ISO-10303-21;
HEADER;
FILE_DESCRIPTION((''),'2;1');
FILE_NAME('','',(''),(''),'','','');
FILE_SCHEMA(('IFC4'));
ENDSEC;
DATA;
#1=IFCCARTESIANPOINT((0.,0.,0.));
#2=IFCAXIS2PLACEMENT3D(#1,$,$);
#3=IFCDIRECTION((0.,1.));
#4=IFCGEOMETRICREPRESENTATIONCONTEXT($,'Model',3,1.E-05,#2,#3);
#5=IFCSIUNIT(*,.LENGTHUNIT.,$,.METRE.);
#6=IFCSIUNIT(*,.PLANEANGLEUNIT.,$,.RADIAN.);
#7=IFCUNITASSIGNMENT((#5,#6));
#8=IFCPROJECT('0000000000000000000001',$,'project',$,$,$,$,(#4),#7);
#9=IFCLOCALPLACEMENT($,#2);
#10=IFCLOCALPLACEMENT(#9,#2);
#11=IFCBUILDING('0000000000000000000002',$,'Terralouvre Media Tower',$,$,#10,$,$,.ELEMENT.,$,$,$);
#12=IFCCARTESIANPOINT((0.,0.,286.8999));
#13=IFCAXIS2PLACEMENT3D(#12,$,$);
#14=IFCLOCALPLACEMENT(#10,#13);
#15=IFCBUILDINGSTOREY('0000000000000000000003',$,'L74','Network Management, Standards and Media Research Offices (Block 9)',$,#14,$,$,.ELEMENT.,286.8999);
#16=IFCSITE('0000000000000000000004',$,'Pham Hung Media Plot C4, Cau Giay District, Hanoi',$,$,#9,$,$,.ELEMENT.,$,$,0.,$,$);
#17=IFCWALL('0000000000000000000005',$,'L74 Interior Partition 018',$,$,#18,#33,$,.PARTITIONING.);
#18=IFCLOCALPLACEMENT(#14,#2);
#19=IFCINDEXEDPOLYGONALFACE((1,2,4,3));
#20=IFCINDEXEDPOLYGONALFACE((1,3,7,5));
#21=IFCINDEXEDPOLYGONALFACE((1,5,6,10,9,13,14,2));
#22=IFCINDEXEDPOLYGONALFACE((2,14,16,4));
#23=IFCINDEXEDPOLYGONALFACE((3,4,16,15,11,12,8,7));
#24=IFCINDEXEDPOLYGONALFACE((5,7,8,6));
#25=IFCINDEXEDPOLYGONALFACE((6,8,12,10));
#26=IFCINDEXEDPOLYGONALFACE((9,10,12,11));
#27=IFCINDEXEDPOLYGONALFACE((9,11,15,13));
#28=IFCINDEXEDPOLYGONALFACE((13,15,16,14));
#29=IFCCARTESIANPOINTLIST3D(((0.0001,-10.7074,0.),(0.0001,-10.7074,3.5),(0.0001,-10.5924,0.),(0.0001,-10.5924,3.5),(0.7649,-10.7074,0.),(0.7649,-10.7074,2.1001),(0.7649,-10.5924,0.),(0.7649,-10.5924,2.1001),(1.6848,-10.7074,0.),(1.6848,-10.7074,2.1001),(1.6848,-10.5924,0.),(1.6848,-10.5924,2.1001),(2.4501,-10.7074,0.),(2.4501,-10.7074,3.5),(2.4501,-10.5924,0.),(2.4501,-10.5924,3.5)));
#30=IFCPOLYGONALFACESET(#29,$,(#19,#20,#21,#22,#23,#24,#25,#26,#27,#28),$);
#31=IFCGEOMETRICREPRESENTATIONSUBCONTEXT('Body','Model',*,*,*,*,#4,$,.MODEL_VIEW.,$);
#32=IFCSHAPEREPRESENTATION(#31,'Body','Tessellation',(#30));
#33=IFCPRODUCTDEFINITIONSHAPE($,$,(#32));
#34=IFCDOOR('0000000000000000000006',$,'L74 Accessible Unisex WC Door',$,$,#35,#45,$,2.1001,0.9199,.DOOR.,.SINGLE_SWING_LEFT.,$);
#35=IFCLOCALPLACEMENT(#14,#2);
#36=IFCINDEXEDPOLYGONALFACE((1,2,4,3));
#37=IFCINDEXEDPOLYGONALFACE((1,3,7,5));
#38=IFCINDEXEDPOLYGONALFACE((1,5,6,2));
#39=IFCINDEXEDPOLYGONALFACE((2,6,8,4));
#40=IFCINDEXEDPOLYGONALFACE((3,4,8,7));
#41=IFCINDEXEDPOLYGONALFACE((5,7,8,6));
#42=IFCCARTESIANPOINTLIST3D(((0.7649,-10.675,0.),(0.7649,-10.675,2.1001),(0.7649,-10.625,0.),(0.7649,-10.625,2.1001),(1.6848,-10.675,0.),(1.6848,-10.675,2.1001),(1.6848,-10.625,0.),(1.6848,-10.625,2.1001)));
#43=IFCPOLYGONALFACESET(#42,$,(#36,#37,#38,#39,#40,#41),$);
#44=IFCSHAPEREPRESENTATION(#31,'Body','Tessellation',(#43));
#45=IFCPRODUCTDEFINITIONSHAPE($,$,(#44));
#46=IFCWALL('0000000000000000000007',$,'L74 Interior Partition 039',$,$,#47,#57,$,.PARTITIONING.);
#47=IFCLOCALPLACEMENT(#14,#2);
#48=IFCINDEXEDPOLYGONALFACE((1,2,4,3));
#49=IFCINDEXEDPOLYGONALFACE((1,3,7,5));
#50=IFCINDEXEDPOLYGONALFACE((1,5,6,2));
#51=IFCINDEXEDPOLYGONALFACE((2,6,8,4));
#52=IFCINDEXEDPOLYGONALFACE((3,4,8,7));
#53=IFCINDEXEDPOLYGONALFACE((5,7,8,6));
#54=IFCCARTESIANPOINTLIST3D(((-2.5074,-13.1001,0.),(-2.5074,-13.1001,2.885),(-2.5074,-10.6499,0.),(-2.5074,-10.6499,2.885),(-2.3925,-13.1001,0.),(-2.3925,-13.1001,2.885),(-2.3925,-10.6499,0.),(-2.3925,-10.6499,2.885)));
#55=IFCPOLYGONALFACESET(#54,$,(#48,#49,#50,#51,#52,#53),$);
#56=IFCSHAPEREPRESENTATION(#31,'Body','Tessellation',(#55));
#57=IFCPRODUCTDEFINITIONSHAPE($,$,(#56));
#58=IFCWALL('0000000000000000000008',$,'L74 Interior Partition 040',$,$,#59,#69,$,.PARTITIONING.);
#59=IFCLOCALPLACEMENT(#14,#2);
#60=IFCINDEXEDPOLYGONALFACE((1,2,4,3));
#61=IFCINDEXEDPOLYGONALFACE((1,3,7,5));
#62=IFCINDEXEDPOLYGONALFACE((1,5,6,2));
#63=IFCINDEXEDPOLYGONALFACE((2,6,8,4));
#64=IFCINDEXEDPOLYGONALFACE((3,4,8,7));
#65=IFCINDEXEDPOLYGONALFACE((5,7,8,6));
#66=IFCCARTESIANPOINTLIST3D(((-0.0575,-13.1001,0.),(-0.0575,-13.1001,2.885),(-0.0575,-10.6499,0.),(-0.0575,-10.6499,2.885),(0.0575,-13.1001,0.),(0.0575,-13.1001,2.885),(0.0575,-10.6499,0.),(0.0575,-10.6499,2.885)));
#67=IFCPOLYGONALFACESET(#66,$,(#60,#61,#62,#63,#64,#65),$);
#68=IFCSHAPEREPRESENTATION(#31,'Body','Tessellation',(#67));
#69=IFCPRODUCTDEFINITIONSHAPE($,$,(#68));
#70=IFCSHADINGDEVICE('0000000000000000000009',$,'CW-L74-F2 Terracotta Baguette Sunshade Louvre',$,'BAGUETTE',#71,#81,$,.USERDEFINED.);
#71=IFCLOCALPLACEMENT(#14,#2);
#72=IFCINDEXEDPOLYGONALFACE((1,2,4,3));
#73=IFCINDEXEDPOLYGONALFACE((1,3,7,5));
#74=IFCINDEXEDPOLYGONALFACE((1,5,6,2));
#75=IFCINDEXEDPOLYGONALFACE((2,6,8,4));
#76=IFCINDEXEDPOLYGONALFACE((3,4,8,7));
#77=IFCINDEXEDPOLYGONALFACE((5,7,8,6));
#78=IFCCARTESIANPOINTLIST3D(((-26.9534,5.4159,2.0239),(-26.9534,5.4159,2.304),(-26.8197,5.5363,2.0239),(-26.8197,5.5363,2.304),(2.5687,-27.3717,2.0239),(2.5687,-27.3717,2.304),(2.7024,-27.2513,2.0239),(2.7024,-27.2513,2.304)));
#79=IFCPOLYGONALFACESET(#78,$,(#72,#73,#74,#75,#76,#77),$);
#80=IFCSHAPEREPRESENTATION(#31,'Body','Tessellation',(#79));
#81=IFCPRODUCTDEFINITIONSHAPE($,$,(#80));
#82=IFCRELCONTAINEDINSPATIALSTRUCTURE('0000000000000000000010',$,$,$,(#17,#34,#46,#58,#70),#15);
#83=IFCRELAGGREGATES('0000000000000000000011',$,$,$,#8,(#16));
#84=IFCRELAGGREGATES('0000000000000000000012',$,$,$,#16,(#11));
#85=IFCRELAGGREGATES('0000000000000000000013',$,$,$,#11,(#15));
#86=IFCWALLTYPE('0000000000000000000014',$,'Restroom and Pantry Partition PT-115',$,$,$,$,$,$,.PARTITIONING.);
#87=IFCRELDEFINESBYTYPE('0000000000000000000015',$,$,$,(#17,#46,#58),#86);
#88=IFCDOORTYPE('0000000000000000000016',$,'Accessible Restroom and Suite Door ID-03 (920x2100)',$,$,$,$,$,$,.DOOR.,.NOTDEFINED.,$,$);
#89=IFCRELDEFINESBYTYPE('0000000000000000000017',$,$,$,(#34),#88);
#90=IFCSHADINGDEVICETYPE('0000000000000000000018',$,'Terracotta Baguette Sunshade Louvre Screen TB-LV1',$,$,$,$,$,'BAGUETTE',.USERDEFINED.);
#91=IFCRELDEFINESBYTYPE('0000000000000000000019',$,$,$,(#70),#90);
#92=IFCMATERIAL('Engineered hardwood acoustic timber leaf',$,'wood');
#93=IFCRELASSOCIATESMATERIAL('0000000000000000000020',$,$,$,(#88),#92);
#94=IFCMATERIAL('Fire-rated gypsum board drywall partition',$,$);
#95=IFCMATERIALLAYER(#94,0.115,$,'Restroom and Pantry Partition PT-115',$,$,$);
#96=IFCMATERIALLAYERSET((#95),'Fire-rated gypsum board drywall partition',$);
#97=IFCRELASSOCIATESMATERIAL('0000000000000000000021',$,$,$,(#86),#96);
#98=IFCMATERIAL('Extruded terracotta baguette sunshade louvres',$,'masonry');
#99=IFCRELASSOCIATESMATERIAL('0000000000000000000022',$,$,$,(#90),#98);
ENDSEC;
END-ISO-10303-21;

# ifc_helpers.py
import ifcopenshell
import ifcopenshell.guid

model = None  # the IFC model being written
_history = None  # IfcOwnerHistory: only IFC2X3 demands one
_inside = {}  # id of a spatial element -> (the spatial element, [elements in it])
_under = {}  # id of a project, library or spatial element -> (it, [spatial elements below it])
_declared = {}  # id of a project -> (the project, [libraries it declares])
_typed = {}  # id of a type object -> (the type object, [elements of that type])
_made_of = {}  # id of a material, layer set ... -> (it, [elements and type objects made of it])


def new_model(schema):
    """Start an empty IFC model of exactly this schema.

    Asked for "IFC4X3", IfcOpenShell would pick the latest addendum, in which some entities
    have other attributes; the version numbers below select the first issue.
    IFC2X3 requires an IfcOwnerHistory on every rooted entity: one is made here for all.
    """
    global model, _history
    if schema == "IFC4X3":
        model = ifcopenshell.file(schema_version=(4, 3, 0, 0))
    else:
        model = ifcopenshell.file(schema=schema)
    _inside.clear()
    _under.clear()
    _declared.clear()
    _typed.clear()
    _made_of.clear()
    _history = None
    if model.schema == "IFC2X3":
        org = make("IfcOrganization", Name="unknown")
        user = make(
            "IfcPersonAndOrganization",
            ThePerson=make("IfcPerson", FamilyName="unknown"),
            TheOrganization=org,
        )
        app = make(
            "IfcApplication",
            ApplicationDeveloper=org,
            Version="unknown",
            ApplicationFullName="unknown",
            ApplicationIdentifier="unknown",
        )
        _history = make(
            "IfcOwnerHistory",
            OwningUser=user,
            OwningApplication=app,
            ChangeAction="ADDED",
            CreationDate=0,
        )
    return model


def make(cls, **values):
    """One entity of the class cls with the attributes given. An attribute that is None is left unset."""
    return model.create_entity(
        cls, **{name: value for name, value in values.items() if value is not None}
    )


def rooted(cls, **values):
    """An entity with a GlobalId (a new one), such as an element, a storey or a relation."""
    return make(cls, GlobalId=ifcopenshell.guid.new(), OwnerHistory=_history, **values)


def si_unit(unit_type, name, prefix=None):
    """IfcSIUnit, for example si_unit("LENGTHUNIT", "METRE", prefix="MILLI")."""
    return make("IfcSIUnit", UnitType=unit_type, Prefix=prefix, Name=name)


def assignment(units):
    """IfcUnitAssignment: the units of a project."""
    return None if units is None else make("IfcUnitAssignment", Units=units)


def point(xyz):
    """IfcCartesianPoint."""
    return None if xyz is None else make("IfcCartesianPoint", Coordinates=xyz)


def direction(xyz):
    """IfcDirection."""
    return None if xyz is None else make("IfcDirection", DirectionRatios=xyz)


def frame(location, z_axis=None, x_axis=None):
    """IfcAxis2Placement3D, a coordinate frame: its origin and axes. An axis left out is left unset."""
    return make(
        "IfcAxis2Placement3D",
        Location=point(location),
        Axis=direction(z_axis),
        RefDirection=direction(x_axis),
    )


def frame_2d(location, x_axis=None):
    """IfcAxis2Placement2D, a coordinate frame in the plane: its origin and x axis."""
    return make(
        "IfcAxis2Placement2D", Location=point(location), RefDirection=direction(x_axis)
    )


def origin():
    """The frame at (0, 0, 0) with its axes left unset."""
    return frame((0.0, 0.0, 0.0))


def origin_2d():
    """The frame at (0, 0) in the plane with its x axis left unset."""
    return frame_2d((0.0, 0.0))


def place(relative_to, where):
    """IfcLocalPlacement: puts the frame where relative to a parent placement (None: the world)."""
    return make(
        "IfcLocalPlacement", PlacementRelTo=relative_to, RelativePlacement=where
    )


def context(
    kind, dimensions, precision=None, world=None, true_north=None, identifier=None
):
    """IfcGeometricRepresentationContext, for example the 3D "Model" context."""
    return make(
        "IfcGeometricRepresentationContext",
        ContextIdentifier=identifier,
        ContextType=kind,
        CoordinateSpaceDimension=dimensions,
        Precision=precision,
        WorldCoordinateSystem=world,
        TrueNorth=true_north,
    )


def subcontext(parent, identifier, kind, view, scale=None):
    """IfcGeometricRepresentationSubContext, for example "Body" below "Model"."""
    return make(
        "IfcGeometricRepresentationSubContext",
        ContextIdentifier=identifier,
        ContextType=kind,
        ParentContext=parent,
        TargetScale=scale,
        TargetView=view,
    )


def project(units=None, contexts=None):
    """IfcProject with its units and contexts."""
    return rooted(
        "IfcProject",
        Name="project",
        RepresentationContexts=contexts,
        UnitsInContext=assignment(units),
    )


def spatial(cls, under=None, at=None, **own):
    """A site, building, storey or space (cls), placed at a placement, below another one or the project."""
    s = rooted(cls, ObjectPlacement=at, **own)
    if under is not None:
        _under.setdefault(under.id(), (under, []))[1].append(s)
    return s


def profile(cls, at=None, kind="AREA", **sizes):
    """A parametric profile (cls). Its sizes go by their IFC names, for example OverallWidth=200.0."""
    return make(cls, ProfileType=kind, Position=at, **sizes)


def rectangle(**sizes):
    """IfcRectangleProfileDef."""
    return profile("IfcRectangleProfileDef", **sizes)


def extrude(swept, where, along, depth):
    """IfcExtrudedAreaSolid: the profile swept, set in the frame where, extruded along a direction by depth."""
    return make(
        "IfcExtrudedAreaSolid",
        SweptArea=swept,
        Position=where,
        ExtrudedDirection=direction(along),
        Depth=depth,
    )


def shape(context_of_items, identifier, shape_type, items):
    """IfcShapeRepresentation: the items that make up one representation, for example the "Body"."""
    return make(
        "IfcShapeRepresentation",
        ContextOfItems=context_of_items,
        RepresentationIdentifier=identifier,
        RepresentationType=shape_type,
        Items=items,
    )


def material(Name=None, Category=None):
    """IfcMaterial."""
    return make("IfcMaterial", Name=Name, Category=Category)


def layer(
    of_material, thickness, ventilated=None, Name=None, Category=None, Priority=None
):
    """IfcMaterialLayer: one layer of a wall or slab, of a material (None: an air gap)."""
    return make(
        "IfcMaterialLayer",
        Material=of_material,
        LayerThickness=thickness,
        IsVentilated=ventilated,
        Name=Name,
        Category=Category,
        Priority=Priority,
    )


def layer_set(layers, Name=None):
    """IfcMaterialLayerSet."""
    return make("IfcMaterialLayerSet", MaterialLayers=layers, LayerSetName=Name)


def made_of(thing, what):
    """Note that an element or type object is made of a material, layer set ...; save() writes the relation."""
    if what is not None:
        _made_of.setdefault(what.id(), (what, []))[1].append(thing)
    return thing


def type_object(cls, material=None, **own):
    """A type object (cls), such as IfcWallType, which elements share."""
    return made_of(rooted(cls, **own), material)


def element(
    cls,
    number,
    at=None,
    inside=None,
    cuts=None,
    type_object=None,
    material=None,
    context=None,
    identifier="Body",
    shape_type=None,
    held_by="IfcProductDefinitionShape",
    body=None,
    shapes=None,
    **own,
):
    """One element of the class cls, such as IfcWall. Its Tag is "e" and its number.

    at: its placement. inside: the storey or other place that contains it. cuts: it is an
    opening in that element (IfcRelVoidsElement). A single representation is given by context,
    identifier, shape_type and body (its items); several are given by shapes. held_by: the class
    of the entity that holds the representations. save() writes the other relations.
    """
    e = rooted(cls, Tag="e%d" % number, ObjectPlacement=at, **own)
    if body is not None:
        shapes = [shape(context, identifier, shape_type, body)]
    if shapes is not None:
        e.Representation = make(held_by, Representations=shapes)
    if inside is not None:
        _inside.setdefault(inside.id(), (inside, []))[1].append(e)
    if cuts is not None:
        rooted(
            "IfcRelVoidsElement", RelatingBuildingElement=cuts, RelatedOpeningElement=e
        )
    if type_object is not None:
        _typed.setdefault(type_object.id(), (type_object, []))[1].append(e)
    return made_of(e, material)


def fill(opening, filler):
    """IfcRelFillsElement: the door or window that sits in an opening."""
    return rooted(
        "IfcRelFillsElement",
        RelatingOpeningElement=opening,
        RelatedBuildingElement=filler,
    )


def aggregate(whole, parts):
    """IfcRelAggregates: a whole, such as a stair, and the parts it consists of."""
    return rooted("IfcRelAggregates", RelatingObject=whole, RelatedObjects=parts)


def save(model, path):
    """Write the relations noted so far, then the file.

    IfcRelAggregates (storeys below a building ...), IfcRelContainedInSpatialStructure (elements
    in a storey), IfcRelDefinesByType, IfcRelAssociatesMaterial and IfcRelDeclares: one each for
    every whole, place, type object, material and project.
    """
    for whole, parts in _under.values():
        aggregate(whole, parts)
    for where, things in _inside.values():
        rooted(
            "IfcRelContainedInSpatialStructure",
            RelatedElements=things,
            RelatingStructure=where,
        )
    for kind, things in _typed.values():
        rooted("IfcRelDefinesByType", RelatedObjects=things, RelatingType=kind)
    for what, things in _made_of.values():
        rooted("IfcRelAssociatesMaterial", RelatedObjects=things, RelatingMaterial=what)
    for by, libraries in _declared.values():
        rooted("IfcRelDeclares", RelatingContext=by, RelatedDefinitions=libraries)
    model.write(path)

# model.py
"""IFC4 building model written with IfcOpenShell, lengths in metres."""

from ifc_helpers import new_model, si_unit, direction, frame, frame_2d, origin, origin_2d, place, context, subcontext, project, spatial, rectangle, extrude, material, layer, layer_set, type_object, element, fill, save


model = new_model("IFC4")

# Units and contexts
model_context = context("Model", 3, precision=1e-05, world=origin(), true_north=direction((0.0, 1.0)))
body_context = subcontext(model_context, "Body", "Model", "MODEL_VIEW")
ifc_project = project(units=[si_unit("LENGTHUNIT", "METRE"), si_unit("PLANEANGLEUNIT", "RADIAN")], contexts=[model_context])

# Site, building, storey
site_placement = place(None, origin())
site = spatial("IfcSite", under=ifc_project, at=site_placement, Name="Pham Hung Media Plot C4, Cau Giay District, Hanoi", CompositionType="ELEMENT", RefElevation=0.0)
building_placement = place(site_placement, origin())
building = spatial("IfcBuilding", under=site, at=building_placement, Name="Terralouvre Media Tower", CompositionType="ELEMENT")
storey_placement = place(building_placement, frame((0.0, 0.0, 286.8999)))
storey = spatial("IfcBuildingStorey", under=building, at=storey_placement, Name="L74", Description="Network Management, Standards and Media Research Offices (Block 9)", CompositionType="ELEMENT", Elevation=286.8999)

# Shared definitions
ifc_material_1 = material(Name="Engineered hardwood acoustic timber leaf", Category="wood")
door_type = type_object("IfcDoorType", Name="Accessible Restroom and Suite Door ID-03 (920x2100)", OperationType="NOTDEFINED", PredefinedType="DOOR", material=ifc_material_1)

# Wall, opening, door
ifc_material_2 = material(Name="Fire-rated gypsum board drywall partition")
ifc_layer_1 = layer(ifc_material_2, 0.115, Name="Restroom and Pantry Partition PT-115")
ifc_layer_set_1 = layer_set([ifc_layer_1], Name="Fire-rated gypsum board drywall partition")
wall_type_1 = type_object("IfcWallType", Name="Restroom and Pantry Partition PT-115", PredefinedType="PARTITIONING", material=ifc_layer_set_1)
wall_1_placement = place(storey_placement, frame((0.0, -10.6499, 0.0), z_axis=(0.0, 0.0, 1.0), x_axis=(1.0, 0.0, 0.0)))
wall_1 = element("IfcWall", 1, at=wall_1_placement, inside=storey, type_object=wall_type_1, Name="L74 Interior Partition 018", PredefinedType="PARTITIONING", context=body_context, shape_type="SweptSolid", body=[
    extrude(rectangle(XDim=2.45, YDim=0.115, at=frame_2d((1.2251, 0.0))), origin(), (0.0, 0.0, 1.0), 3.5),
])
opening_1_placement = place(wall_1_placement, frame((0.7649, 0.0, 0.0)))
opening_1 = element("IfcOpeningElement", 2, at=opening_1_placement, cuts=wall_1, PredefinedType="OPENING", context=body_context, shape_type="SweptSolid", body=[
    extrude(rectangle(XDim=0.9199, YDim=2.1001, at=frame_2d((0.46, 1.05))), frame((0.0, 0.0674, 0.0), z_axis=(0.0, -1.0, 0.0), x_axis=(1.0, 0.0, 0.0)), (0.0, 0.0, 1.0), 0.135),
])
door_1_placement = place(opening_1_placement, origin())
door_1 = element("IfcDoor", 3, at=door_1_placement, inside=storey, type_object=door_type, Name="L74 Accessible Unisex WC Door", OperationType="SINGLE_SWING_LEFT", OverallHeight=2.1001, OverallWidth=0.9199, PredefinedType="DOOR", context=body_context, shape_type="SweptSolid", body=[
    extrude(rectangle(XDim=0.9199, YDim=2.1001, at=frame_2d((0.46, 1.05))), frame((0.0, 0.0249, 0.0), z_axis=(0.0, -1.0, 0.0), x_axis=(1.0, 0.0, 0.0)), (0.0, 0.0, 1.0), 0.05),
])
fill(opening_1, door_1)

# Walls
for number, where, z_axis, x_axis, name in (
    (4, (-2.45, -13.1001, 0.0), (0.0, 0.0, 1.0), (0.0, 1.0, 0.0), "L74 Interior Partition 039"),
    (5, (0.0, -13.1001, 0.0), (0.0, 0.0, 1.0), (0.0, 1.0, 0.0), "L74 Interior Partition 040"),
):
    element("IfcWall", number, at=place(storey_placement, frame(where, z_axis=z_axis, x_axis=x_axis)), inside=storey, type_object=wall_type_1, Name=name, PredefinedType="PARTITIONING", context=body_context, shape_type="SweptSolid", body=[
        extrude(rectangle(XDim=2.4502, YDim=0.115, at=frame_2d((1.2251, 0.0))), origin(), (0.0, 0.0, 1.0), 2.885),
    ])

# Shading device
ifc_material_3 = material(Name="Extruded terracotta baguette sunshade louvres", Category="masonry")
shading_device_type = type_object("IfcShadingDeviceType", Name="Terracotta Baguette Sunshade Louvre Screen TB-LV1", ElementType="BAGUETTE", PredefinedType="USERDEFINED", material=ifc_material_3)
shading_device_placement = place(storey_placement, frame((-12.1255, -10.9177, 2.0239), z_axis=(0.0, 0.0, 1.0), x_axis=(0.669131, -0.743145, 0.0)))
element("IfcShadingDevice", 6, at=shading_device_placement, inside=storey, type_object=shading_device_type, Name="CW-L74-F2 Terracotta Baguette Sunshade Louvre", ObjectType="BAGUETTE", PredefinedType="USERDEFINED", context=body_context, shape_type="SweptSolid", body=[
    extrude(rectangle(XDim=44.1201, YDim=0.1799, at=origin_2d()), origin(), (0.0, 0.0, 1.0), 0.28),
])

save(model, "model.ifc")
